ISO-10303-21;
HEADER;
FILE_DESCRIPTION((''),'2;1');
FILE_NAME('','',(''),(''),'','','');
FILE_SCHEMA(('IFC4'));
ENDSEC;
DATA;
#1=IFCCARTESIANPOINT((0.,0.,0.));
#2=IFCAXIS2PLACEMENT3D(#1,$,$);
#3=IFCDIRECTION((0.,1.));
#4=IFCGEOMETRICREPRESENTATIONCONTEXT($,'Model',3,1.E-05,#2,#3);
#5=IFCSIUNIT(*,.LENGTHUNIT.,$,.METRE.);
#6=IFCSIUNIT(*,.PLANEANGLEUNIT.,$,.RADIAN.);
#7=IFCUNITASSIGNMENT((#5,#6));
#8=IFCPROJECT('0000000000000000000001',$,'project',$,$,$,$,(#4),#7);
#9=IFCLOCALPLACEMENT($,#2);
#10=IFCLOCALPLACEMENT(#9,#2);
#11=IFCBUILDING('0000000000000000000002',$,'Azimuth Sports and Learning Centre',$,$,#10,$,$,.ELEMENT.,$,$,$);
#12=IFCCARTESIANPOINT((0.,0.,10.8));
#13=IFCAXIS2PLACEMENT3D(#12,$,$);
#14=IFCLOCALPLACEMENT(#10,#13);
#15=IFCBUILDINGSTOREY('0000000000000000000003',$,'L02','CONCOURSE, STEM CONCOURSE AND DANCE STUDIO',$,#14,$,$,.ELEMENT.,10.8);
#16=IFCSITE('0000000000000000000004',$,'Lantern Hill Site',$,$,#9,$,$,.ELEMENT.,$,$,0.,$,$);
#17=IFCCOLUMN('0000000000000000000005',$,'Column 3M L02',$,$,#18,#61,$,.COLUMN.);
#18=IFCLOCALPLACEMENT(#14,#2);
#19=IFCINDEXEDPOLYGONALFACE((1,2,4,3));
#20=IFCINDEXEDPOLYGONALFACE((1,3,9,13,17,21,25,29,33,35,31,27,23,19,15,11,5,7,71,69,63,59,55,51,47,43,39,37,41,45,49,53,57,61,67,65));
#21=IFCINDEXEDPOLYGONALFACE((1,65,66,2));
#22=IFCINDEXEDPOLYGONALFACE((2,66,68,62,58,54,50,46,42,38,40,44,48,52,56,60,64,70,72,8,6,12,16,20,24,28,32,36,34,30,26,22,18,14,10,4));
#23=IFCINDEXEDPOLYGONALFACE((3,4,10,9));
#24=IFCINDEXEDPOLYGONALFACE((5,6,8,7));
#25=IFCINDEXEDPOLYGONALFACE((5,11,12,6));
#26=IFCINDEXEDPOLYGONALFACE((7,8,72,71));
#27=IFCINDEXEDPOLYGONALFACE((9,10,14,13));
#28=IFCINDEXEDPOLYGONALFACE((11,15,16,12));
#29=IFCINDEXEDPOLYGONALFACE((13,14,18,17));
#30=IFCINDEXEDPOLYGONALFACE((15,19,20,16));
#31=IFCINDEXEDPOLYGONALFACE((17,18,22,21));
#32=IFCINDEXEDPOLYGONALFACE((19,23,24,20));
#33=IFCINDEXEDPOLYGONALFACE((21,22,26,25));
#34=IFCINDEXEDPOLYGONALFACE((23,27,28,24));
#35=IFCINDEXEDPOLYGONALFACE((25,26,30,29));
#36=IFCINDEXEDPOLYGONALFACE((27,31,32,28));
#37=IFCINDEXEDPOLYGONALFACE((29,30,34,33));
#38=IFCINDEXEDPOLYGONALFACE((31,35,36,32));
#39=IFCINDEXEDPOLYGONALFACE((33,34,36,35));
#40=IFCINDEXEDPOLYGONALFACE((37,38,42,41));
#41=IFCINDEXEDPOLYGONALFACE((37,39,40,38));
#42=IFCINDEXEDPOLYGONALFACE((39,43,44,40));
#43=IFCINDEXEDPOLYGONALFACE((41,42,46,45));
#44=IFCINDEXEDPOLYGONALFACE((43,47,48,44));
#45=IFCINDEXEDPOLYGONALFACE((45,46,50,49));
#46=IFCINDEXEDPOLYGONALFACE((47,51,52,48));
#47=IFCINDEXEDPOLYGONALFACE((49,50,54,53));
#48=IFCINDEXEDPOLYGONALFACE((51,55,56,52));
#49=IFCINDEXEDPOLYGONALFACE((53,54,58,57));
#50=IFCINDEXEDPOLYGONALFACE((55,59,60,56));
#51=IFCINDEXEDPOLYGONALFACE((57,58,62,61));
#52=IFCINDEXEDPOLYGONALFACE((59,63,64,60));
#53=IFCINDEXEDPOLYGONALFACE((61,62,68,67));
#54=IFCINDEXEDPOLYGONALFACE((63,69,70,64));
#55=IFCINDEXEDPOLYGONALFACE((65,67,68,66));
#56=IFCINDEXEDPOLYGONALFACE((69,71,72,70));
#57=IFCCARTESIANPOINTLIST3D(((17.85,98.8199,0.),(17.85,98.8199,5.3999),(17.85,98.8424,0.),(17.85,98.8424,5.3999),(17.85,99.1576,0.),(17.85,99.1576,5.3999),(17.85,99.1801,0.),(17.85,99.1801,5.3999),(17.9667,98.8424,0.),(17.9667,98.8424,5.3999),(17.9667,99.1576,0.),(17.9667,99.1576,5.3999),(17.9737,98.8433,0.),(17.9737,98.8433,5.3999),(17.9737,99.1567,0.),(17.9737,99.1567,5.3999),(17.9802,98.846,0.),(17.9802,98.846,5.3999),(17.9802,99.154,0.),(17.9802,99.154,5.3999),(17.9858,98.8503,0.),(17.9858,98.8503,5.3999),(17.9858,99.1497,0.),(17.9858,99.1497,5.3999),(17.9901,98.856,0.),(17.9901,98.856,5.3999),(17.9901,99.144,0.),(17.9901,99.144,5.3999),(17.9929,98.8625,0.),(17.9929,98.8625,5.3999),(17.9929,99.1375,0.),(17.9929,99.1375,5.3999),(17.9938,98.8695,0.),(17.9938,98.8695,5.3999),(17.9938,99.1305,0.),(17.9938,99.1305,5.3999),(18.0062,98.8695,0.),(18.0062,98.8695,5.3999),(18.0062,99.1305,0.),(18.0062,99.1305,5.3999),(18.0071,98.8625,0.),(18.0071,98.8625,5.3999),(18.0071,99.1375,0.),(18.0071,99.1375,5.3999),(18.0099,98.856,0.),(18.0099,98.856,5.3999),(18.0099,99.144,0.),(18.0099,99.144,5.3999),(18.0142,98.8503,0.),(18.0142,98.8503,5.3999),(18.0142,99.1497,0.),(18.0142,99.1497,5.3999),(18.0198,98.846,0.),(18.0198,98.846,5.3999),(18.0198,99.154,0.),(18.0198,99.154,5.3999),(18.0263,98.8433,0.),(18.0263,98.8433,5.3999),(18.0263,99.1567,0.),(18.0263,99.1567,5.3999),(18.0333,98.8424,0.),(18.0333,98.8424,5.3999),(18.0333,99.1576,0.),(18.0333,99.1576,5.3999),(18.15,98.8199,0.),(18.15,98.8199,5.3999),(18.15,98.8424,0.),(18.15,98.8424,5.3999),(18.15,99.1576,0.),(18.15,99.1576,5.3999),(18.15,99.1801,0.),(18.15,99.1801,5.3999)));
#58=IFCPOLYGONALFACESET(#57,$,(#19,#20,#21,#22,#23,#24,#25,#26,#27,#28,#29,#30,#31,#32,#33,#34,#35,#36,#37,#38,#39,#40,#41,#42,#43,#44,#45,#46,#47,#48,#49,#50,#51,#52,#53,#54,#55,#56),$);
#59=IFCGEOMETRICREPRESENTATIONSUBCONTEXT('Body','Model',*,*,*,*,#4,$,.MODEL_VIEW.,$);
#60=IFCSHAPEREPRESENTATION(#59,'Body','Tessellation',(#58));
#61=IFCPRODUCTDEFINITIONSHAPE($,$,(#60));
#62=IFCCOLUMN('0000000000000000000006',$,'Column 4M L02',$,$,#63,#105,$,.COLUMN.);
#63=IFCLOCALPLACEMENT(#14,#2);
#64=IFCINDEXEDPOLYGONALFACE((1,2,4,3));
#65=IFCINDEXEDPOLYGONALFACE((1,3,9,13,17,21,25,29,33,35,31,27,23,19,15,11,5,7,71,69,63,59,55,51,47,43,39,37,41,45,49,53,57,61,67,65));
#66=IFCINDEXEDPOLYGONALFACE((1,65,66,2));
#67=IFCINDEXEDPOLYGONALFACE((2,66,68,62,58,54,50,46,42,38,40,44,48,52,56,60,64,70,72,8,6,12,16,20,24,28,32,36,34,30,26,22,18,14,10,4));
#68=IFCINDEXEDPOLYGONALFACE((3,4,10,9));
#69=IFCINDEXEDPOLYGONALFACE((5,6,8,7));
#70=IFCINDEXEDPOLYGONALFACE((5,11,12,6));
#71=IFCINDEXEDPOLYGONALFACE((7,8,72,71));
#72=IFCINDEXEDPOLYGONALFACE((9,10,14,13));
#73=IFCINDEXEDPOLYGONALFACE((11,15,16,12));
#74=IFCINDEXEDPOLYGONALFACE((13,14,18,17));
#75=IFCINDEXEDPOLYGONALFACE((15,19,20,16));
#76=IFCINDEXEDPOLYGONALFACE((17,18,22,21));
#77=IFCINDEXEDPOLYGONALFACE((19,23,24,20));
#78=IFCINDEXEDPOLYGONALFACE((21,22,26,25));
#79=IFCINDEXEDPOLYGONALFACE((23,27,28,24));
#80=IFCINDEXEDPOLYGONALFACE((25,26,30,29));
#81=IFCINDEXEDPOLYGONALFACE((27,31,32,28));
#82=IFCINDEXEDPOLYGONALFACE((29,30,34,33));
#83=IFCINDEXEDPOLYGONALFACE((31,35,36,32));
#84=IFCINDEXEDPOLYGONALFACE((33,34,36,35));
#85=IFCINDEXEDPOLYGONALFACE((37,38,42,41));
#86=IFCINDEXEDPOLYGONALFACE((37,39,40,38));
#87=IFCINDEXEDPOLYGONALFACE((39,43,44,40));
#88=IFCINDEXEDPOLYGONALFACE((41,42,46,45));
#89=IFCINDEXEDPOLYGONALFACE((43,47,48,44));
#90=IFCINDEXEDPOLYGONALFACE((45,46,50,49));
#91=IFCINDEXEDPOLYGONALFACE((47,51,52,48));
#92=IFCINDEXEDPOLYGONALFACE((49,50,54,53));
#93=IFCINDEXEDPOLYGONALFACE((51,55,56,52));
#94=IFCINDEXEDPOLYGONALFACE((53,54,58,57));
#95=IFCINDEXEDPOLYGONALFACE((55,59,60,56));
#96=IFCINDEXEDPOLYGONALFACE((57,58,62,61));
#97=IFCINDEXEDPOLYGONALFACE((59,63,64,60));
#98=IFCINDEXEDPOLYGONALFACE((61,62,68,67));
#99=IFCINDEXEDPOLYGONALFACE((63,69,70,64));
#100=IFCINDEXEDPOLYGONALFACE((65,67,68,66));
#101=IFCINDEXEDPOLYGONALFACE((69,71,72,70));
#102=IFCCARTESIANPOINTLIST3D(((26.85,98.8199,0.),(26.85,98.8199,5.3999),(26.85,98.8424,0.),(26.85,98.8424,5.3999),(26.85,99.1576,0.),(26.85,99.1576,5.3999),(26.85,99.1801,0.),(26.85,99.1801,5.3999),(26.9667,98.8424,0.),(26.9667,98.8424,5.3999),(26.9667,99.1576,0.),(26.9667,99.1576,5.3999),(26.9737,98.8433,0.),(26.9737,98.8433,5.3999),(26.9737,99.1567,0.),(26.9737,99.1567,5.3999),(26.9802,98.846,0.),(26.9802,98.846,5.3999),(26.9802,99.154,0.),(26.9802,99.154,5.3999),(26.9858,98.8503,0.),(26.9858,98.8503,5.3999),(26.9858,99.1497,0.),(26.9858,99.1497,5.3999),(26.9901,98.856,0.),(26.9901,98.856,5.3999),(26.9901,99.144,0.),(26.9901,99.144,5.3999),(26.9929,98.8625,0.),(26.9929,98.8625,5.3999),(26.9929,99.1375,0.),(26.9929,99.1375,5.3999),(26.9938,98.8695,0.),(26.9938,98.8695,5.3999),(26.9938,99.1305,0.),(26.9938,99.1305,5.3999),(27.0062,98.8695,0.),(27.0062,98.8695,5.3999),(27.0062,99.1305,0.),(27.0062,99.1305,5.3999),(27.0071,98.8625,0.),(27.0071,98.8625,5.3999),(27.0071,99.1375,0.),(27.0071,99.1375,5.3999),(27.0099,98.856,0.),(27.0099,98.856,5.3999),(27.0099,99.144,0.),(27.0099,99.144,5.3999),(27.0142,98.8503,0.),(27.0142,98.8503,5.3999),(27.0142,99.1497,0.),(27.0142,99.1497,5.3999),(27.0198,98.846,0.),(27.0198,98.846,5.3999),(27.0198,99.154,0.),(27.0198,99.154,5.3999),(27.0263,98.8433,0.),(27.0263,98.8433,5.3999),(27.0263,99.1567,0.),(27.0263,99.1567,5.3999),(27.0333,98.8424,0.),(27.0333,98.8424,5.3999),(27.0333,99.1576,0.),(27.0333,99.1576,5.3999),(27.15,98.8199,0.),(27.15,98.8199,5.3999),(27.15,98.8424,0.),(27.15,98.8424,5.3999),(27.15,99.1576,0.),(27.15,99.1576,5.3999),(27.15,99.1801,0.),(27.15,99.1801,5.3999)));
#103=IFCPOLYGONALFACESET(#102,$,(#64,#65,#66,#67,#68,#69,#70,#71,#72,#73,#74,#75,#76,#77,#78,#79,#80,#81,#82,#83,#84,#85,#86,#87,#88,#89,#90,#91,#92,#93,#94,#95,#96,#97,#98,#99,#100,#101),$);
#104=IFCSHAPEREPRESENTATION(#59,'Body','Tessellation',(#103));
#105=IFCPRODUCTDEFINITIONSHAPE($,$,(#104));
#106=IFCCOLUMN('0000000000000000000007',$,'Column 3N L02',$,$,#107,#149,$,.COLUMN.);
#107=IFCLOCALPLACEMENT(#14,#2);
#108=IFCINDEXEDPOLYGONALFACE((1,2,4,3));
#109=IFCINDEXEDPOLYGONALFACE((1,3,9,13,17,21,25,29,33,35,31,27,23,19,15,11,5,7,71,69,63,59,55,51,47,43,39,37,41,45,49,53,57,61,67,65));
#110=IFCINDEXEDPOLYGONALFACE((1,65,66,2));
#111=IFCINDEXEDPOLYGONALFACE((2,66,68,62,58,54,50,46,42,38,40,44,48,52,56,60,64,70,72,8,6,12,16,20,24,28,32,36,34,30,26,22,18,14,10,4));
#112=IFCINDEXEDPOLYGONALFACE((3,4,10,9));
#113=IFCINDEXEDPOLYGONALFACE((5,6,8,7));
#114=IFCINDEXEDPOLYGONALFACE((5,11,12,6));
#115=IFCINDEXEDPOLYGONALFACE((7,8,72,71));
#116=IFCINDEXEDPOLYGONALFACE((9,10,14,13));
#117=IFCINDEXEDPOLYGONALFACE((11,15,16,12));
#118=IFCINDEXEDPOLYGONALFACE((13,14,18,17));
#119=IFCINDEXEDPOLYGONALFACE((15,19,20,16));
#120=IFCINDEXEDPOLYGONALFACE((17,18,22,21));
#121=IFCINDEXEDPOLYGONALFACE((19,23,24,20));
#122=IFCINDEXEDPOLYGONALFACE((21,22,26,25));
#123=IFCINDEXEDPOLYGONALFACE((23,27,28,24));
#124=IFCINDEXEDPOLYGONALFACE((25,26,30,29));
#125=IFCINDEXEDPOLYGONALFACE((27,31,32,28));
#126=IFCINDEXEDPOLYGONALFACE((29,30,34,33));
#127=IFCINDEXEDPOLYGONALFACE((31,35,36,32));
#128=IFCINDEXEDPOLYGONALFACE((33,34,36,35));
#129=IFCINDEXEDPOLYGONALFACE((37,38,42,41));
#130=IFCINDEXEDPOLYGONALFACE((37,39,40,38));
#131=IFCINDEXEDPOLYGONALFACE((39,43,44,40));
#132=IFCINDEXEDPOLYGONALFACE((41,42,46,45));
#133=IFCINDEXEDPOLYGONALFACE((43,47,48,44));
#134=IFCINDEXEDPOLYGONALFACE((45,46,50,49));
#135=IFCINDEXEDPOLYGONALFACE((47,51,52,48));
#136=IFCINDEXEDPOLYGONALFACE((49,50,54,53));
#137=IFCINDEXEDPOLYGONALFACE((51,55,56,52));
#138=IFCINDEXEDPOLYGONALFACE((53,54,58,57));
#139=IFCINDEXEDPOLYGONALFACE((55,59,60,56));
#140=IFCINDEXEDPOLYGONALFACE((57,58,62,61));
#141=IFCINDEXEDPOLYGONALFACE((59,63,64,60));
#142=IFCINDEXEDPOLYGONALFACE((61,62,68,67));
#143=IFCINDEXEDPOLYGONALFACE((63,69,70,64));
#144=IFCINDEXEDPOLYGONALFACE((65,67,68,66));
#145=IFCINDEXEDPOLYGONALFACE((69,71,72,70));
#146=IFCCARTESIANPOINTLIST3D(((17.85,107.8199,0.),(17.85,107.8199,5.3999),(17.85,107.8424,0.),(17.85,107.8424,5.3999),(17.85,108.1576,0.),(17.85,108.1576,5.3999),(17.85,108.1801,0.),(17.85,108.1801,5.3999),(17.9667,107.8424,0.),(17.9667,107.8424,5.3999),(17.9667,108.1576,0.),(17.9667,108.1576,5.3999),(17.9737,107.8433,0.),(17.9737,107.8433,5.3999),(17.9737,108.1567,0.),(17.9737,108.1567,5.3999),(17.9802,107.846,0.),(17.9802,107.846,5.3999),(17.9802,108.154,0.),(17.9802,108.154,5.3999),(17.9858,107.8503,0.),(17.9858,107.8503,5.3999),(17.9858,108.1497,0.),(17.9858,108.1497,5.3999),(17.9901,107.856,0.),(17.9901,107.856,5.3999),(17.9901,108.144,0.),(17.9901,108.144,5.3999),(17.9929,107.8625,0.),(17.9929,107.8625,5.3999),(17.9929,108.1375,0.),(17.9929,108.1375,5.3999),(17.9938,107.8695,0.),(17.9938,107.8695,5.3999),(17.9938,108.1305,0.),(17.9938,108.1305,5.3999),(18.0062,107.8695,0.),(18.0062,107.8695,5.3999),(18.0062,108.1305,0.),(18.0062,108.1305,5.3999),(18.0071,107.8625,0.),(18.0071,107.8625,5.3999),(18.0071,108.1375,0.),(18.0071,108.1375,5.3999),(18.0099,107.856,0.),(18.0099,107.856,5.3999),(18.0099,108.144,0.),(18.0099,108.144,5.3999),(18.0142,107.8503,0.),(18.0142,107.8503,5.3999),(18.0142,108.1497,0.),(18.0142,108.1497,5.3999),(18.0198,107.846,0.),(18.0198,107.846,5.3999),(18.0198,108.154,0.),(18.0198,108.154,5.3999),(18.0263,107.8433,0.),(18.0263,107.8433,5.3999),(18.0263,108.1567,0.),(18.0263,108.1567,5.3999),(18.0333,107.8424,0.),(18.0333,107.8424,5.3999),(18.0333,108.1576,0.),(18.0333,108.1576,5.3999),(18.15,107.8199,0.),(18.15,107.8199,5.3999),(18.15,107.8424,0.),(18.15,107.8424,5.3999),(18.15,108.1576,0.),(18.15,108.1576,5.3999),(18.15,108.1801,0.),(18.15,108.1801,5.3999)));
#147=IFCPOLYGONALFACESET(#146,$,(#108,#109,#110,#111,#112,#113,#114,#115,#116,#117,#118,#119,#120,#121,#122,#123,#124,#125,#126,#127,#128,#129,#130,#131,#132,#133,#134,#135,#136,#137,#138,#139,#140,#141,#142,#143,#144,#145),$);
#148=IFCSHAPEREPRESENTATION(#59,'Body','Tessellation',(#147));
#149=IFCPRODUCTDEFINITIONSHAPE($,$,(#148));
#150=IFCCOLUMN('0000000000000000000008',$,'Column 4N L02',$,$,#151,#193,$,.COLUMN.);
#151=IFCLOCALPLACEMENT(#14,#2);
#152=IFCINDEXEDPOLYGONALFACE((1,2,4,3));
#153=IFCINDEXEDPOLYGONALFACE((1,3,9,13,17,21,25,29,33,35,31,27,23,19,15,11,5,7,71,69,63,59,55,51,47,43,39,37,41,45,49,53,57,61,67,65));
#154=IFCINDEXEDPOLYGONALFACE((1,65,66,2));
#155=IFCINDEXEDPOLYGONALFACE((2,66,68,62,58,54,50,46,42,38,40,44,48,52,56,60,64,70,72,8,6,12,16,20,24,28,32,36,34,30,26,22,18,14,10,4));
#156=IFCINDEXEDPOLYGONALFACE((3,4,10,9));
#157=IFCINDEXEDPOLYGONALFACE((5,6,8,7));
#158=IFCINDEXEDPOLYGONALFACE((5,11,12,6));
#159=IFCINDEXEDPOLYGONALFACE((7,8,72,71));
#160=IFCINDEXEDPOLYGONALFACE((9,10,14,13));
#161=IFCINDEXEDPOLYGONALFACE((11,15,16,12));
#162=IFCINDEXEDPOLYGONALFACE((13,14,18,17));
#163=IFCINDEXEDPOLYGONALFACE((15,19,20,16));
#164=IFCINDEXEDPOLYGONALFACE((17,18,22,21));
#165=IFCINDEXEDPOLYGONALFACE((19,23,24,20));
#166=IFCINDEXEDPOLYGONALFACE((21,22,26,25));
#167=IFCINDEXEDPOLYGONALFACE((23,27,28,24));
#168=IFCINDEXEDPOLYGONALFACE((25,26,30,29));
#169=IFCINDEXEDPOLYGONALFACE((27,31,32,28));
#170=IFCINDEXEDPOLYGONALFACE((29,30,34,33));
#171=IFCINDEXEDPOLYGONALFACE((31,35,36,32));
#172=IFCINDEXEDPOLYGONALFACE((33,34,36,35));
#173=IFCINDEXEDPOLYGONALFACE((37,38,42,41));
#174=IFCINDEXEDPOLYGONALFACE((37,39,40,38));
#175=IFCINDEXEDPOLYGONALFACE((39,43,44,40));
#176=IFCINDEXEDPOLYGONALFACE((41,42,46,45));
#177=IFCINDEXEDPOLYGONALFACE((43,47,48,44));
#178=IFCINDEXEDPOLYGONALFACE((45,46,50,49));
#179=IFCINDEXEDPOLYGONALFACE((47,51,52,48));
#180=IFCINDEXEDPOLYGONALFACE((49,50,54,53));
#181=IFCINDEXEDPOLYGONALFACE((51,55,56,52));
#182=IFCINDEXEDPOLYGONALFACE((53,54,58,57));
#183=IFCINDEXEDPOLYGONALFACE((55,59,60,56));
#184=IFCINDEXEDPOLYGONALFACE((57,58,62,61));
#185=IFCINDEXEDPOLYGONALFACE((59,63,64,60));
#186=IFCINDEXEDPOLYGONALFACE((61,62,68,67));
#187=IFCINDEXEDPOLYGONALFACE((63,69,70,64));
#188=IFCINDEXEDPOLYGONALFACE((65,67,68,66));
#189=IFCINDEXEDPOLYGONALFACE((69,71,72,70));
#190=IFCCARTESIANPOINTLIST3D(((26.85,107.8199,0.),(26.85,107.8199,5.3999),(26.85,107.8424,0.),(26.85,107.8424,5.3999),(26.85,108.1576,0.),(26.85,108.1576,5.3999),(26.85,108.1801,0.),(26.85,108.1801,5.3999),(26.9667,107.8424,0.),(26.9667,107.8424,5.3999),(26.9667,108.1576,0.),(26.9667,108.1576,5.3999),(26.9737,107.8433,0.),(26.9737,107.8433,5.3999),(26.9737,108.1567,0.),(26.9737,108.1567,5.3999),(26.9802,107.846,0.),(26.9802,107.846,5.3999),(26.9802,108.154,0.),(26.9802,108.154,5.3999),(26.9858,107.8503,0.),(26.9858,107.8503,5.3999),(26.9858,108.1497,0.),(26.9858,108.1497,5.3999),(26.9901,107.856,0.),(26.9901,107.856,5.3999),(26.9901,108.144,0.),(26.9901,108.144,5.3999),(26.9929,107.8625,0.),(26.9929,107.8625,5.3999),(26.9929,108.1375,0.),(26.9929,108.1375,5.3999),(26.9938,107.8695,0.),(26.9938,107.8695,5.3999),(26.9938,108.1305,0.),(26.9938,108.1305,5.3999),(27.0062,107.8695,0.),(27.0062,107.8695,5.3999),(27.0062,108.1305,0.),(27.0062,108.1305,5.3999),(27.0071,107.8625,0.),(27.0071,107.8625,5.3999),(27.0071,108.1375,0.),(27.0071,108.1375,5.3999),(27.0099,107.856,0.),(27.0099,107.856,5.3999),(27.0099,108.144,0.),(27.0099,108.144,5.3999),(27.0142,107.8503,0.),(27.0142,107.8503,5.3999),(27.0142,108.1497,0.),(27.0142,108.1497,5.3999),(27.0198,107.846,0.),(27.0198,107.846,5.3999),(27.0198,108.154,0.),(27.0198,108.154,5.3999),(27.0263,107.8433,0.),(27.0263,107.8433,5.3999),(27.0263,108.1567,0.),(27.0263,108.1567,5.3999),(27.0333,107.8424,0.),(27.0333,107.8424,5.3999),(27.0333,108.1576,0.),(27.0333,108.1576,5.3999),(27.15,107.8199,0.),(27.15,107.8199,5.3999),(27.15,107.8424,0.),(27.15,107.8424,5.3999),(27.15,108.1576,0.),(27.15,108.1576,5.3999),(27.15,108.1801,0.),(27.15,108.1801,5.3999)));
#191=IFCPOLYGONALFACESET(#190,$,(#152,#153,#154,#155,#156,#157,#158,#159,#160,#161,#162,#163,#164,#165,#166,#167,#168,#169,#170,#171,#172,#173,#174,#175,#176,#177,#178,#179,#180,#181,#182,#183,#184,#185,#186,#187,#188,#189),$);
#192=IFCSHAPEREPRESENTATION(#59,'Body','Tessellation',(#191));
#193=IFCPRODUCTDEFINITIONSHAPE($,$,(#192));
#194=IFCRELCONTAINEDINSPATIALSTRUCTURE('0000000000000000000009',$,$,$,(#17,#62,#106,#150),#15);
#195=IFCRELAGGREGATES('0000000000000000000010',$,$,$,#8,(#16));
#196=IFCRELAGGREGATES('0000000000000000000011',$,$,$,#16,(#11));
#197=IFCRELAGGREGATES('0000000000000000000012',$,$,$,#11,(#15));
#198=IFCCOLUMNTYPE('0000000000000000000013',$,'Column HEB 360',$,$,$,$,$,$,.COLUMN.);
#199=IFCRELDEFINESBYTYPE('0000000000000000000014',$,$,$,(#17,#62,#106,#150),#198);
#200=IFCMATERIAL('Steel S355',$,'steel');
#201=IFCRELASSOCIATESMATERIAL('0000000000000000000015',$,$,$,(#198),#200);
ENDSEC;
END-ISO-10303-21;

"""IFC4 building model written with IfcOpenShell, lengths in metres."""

from ifc_helpers import new_model, si_unit, direction, frame, origin, origin_2d, place, context, subcontext, project, spatial, i_section, extrude, material, material_profile, profile_set, type_object, element, save


model = new_model("IFC4")

# Units and contexts
model_context = context("Model", 3, precision=1e-05, world=origin(), true_north=direction((0.0, 1.0)))
body_context = subcontext(model_context, "Body", "Model", "MODEL_VIEW")
ifc_project = project(units=[si_unit("LENGTHUNIT", "METRE"), si_unit("PLANEANGLEUNIT", "RADIAN")], contexts=[model_context])

# Site, building, storey
site_placement = place(None, origin())
site = spatial("IfcSite", under=ifc_project, at=site_placement, Name="Lantern Hill Site", CompositionType="ELEMENT", RefElevation=0.0)
building_placement = place(site_placement, origin())
building = spatial("IfcBuilding", under=site, at=building_placement, Name="Azimuth Sports and Learning Centre", CompositionType="ELEMENT")
storey_placement = place(building_placement, frame((0.0, 0.0, 10.8)))
storey = spatial("IfcBuildingStorey", under=building, at=storey_placement, Name="L02", Description="CONCOURSE, STEM CONCOURSE AND DANCE STUDIO", CompositionType="ELEMENT", Elevation=10.8)

# Columns
ifc_material_1 = material(Name="Steel S355", Category="steel")
ifc_material_profile_1 = material_profile(ifc_material_1, i_section(OverallWidth=0.3, OverallDepth=0.3601, WebThickness=0.0125, FlangeThickness=0.0225, FilletRadius=0.0271, at=origin_2d()), Name="HEB 360")
ifc_profile_set_1 = profile_set([ifc_material_profile_1], Name="Steel S355")
column_type = type_object("IfcColumnType", Name="Column HEB 360", PredefinedType="COLUMN", material=ifc_profile_set_1)
for number, where, z_axis, x_axis, name in (
    (1, (18.0, 99.0, 0.0), (0.0, 0.0, 1.0), (1.0, 0.0, 0.0), "Column 3M L02"),
    (2, (27.0, 99.0, 0.0), (0.0, 0.0, 1.0), (1.0, 0.0, 0.0), "Column 4M L02"),
    (3, (18.0, 108.0, 0.0), (0.0, 0.0, 1.0), (1.0, 0.0, 0.0), "Column 3N L02"),
    (4, (27.0, 108.0, 0.0), (0.0, 0.0, 1.0), (1.0, 0.0, 0.0), "Column 4N L02"),
):
    element("IfcColumn", number, at=place(storey_placement, frame(where, z_axis=z_axis, x_axis=x_axis)), inside=storey, type_object=column_type, Name=name, PredefinedType="COLUMN", context=body_context, shape_type="SweptSolid", body=[
        extrude(i_section(OverallWidth=0.3, OverallDepth=0.3601, WebThickness=0.0125, FlangeThickness=0.0225, FilletRadius=0.0271, at=origin_2d()), origin(), (0.0, 0.0, 1.0), 5.3999),
    ])

save(model, "model.ifc")
